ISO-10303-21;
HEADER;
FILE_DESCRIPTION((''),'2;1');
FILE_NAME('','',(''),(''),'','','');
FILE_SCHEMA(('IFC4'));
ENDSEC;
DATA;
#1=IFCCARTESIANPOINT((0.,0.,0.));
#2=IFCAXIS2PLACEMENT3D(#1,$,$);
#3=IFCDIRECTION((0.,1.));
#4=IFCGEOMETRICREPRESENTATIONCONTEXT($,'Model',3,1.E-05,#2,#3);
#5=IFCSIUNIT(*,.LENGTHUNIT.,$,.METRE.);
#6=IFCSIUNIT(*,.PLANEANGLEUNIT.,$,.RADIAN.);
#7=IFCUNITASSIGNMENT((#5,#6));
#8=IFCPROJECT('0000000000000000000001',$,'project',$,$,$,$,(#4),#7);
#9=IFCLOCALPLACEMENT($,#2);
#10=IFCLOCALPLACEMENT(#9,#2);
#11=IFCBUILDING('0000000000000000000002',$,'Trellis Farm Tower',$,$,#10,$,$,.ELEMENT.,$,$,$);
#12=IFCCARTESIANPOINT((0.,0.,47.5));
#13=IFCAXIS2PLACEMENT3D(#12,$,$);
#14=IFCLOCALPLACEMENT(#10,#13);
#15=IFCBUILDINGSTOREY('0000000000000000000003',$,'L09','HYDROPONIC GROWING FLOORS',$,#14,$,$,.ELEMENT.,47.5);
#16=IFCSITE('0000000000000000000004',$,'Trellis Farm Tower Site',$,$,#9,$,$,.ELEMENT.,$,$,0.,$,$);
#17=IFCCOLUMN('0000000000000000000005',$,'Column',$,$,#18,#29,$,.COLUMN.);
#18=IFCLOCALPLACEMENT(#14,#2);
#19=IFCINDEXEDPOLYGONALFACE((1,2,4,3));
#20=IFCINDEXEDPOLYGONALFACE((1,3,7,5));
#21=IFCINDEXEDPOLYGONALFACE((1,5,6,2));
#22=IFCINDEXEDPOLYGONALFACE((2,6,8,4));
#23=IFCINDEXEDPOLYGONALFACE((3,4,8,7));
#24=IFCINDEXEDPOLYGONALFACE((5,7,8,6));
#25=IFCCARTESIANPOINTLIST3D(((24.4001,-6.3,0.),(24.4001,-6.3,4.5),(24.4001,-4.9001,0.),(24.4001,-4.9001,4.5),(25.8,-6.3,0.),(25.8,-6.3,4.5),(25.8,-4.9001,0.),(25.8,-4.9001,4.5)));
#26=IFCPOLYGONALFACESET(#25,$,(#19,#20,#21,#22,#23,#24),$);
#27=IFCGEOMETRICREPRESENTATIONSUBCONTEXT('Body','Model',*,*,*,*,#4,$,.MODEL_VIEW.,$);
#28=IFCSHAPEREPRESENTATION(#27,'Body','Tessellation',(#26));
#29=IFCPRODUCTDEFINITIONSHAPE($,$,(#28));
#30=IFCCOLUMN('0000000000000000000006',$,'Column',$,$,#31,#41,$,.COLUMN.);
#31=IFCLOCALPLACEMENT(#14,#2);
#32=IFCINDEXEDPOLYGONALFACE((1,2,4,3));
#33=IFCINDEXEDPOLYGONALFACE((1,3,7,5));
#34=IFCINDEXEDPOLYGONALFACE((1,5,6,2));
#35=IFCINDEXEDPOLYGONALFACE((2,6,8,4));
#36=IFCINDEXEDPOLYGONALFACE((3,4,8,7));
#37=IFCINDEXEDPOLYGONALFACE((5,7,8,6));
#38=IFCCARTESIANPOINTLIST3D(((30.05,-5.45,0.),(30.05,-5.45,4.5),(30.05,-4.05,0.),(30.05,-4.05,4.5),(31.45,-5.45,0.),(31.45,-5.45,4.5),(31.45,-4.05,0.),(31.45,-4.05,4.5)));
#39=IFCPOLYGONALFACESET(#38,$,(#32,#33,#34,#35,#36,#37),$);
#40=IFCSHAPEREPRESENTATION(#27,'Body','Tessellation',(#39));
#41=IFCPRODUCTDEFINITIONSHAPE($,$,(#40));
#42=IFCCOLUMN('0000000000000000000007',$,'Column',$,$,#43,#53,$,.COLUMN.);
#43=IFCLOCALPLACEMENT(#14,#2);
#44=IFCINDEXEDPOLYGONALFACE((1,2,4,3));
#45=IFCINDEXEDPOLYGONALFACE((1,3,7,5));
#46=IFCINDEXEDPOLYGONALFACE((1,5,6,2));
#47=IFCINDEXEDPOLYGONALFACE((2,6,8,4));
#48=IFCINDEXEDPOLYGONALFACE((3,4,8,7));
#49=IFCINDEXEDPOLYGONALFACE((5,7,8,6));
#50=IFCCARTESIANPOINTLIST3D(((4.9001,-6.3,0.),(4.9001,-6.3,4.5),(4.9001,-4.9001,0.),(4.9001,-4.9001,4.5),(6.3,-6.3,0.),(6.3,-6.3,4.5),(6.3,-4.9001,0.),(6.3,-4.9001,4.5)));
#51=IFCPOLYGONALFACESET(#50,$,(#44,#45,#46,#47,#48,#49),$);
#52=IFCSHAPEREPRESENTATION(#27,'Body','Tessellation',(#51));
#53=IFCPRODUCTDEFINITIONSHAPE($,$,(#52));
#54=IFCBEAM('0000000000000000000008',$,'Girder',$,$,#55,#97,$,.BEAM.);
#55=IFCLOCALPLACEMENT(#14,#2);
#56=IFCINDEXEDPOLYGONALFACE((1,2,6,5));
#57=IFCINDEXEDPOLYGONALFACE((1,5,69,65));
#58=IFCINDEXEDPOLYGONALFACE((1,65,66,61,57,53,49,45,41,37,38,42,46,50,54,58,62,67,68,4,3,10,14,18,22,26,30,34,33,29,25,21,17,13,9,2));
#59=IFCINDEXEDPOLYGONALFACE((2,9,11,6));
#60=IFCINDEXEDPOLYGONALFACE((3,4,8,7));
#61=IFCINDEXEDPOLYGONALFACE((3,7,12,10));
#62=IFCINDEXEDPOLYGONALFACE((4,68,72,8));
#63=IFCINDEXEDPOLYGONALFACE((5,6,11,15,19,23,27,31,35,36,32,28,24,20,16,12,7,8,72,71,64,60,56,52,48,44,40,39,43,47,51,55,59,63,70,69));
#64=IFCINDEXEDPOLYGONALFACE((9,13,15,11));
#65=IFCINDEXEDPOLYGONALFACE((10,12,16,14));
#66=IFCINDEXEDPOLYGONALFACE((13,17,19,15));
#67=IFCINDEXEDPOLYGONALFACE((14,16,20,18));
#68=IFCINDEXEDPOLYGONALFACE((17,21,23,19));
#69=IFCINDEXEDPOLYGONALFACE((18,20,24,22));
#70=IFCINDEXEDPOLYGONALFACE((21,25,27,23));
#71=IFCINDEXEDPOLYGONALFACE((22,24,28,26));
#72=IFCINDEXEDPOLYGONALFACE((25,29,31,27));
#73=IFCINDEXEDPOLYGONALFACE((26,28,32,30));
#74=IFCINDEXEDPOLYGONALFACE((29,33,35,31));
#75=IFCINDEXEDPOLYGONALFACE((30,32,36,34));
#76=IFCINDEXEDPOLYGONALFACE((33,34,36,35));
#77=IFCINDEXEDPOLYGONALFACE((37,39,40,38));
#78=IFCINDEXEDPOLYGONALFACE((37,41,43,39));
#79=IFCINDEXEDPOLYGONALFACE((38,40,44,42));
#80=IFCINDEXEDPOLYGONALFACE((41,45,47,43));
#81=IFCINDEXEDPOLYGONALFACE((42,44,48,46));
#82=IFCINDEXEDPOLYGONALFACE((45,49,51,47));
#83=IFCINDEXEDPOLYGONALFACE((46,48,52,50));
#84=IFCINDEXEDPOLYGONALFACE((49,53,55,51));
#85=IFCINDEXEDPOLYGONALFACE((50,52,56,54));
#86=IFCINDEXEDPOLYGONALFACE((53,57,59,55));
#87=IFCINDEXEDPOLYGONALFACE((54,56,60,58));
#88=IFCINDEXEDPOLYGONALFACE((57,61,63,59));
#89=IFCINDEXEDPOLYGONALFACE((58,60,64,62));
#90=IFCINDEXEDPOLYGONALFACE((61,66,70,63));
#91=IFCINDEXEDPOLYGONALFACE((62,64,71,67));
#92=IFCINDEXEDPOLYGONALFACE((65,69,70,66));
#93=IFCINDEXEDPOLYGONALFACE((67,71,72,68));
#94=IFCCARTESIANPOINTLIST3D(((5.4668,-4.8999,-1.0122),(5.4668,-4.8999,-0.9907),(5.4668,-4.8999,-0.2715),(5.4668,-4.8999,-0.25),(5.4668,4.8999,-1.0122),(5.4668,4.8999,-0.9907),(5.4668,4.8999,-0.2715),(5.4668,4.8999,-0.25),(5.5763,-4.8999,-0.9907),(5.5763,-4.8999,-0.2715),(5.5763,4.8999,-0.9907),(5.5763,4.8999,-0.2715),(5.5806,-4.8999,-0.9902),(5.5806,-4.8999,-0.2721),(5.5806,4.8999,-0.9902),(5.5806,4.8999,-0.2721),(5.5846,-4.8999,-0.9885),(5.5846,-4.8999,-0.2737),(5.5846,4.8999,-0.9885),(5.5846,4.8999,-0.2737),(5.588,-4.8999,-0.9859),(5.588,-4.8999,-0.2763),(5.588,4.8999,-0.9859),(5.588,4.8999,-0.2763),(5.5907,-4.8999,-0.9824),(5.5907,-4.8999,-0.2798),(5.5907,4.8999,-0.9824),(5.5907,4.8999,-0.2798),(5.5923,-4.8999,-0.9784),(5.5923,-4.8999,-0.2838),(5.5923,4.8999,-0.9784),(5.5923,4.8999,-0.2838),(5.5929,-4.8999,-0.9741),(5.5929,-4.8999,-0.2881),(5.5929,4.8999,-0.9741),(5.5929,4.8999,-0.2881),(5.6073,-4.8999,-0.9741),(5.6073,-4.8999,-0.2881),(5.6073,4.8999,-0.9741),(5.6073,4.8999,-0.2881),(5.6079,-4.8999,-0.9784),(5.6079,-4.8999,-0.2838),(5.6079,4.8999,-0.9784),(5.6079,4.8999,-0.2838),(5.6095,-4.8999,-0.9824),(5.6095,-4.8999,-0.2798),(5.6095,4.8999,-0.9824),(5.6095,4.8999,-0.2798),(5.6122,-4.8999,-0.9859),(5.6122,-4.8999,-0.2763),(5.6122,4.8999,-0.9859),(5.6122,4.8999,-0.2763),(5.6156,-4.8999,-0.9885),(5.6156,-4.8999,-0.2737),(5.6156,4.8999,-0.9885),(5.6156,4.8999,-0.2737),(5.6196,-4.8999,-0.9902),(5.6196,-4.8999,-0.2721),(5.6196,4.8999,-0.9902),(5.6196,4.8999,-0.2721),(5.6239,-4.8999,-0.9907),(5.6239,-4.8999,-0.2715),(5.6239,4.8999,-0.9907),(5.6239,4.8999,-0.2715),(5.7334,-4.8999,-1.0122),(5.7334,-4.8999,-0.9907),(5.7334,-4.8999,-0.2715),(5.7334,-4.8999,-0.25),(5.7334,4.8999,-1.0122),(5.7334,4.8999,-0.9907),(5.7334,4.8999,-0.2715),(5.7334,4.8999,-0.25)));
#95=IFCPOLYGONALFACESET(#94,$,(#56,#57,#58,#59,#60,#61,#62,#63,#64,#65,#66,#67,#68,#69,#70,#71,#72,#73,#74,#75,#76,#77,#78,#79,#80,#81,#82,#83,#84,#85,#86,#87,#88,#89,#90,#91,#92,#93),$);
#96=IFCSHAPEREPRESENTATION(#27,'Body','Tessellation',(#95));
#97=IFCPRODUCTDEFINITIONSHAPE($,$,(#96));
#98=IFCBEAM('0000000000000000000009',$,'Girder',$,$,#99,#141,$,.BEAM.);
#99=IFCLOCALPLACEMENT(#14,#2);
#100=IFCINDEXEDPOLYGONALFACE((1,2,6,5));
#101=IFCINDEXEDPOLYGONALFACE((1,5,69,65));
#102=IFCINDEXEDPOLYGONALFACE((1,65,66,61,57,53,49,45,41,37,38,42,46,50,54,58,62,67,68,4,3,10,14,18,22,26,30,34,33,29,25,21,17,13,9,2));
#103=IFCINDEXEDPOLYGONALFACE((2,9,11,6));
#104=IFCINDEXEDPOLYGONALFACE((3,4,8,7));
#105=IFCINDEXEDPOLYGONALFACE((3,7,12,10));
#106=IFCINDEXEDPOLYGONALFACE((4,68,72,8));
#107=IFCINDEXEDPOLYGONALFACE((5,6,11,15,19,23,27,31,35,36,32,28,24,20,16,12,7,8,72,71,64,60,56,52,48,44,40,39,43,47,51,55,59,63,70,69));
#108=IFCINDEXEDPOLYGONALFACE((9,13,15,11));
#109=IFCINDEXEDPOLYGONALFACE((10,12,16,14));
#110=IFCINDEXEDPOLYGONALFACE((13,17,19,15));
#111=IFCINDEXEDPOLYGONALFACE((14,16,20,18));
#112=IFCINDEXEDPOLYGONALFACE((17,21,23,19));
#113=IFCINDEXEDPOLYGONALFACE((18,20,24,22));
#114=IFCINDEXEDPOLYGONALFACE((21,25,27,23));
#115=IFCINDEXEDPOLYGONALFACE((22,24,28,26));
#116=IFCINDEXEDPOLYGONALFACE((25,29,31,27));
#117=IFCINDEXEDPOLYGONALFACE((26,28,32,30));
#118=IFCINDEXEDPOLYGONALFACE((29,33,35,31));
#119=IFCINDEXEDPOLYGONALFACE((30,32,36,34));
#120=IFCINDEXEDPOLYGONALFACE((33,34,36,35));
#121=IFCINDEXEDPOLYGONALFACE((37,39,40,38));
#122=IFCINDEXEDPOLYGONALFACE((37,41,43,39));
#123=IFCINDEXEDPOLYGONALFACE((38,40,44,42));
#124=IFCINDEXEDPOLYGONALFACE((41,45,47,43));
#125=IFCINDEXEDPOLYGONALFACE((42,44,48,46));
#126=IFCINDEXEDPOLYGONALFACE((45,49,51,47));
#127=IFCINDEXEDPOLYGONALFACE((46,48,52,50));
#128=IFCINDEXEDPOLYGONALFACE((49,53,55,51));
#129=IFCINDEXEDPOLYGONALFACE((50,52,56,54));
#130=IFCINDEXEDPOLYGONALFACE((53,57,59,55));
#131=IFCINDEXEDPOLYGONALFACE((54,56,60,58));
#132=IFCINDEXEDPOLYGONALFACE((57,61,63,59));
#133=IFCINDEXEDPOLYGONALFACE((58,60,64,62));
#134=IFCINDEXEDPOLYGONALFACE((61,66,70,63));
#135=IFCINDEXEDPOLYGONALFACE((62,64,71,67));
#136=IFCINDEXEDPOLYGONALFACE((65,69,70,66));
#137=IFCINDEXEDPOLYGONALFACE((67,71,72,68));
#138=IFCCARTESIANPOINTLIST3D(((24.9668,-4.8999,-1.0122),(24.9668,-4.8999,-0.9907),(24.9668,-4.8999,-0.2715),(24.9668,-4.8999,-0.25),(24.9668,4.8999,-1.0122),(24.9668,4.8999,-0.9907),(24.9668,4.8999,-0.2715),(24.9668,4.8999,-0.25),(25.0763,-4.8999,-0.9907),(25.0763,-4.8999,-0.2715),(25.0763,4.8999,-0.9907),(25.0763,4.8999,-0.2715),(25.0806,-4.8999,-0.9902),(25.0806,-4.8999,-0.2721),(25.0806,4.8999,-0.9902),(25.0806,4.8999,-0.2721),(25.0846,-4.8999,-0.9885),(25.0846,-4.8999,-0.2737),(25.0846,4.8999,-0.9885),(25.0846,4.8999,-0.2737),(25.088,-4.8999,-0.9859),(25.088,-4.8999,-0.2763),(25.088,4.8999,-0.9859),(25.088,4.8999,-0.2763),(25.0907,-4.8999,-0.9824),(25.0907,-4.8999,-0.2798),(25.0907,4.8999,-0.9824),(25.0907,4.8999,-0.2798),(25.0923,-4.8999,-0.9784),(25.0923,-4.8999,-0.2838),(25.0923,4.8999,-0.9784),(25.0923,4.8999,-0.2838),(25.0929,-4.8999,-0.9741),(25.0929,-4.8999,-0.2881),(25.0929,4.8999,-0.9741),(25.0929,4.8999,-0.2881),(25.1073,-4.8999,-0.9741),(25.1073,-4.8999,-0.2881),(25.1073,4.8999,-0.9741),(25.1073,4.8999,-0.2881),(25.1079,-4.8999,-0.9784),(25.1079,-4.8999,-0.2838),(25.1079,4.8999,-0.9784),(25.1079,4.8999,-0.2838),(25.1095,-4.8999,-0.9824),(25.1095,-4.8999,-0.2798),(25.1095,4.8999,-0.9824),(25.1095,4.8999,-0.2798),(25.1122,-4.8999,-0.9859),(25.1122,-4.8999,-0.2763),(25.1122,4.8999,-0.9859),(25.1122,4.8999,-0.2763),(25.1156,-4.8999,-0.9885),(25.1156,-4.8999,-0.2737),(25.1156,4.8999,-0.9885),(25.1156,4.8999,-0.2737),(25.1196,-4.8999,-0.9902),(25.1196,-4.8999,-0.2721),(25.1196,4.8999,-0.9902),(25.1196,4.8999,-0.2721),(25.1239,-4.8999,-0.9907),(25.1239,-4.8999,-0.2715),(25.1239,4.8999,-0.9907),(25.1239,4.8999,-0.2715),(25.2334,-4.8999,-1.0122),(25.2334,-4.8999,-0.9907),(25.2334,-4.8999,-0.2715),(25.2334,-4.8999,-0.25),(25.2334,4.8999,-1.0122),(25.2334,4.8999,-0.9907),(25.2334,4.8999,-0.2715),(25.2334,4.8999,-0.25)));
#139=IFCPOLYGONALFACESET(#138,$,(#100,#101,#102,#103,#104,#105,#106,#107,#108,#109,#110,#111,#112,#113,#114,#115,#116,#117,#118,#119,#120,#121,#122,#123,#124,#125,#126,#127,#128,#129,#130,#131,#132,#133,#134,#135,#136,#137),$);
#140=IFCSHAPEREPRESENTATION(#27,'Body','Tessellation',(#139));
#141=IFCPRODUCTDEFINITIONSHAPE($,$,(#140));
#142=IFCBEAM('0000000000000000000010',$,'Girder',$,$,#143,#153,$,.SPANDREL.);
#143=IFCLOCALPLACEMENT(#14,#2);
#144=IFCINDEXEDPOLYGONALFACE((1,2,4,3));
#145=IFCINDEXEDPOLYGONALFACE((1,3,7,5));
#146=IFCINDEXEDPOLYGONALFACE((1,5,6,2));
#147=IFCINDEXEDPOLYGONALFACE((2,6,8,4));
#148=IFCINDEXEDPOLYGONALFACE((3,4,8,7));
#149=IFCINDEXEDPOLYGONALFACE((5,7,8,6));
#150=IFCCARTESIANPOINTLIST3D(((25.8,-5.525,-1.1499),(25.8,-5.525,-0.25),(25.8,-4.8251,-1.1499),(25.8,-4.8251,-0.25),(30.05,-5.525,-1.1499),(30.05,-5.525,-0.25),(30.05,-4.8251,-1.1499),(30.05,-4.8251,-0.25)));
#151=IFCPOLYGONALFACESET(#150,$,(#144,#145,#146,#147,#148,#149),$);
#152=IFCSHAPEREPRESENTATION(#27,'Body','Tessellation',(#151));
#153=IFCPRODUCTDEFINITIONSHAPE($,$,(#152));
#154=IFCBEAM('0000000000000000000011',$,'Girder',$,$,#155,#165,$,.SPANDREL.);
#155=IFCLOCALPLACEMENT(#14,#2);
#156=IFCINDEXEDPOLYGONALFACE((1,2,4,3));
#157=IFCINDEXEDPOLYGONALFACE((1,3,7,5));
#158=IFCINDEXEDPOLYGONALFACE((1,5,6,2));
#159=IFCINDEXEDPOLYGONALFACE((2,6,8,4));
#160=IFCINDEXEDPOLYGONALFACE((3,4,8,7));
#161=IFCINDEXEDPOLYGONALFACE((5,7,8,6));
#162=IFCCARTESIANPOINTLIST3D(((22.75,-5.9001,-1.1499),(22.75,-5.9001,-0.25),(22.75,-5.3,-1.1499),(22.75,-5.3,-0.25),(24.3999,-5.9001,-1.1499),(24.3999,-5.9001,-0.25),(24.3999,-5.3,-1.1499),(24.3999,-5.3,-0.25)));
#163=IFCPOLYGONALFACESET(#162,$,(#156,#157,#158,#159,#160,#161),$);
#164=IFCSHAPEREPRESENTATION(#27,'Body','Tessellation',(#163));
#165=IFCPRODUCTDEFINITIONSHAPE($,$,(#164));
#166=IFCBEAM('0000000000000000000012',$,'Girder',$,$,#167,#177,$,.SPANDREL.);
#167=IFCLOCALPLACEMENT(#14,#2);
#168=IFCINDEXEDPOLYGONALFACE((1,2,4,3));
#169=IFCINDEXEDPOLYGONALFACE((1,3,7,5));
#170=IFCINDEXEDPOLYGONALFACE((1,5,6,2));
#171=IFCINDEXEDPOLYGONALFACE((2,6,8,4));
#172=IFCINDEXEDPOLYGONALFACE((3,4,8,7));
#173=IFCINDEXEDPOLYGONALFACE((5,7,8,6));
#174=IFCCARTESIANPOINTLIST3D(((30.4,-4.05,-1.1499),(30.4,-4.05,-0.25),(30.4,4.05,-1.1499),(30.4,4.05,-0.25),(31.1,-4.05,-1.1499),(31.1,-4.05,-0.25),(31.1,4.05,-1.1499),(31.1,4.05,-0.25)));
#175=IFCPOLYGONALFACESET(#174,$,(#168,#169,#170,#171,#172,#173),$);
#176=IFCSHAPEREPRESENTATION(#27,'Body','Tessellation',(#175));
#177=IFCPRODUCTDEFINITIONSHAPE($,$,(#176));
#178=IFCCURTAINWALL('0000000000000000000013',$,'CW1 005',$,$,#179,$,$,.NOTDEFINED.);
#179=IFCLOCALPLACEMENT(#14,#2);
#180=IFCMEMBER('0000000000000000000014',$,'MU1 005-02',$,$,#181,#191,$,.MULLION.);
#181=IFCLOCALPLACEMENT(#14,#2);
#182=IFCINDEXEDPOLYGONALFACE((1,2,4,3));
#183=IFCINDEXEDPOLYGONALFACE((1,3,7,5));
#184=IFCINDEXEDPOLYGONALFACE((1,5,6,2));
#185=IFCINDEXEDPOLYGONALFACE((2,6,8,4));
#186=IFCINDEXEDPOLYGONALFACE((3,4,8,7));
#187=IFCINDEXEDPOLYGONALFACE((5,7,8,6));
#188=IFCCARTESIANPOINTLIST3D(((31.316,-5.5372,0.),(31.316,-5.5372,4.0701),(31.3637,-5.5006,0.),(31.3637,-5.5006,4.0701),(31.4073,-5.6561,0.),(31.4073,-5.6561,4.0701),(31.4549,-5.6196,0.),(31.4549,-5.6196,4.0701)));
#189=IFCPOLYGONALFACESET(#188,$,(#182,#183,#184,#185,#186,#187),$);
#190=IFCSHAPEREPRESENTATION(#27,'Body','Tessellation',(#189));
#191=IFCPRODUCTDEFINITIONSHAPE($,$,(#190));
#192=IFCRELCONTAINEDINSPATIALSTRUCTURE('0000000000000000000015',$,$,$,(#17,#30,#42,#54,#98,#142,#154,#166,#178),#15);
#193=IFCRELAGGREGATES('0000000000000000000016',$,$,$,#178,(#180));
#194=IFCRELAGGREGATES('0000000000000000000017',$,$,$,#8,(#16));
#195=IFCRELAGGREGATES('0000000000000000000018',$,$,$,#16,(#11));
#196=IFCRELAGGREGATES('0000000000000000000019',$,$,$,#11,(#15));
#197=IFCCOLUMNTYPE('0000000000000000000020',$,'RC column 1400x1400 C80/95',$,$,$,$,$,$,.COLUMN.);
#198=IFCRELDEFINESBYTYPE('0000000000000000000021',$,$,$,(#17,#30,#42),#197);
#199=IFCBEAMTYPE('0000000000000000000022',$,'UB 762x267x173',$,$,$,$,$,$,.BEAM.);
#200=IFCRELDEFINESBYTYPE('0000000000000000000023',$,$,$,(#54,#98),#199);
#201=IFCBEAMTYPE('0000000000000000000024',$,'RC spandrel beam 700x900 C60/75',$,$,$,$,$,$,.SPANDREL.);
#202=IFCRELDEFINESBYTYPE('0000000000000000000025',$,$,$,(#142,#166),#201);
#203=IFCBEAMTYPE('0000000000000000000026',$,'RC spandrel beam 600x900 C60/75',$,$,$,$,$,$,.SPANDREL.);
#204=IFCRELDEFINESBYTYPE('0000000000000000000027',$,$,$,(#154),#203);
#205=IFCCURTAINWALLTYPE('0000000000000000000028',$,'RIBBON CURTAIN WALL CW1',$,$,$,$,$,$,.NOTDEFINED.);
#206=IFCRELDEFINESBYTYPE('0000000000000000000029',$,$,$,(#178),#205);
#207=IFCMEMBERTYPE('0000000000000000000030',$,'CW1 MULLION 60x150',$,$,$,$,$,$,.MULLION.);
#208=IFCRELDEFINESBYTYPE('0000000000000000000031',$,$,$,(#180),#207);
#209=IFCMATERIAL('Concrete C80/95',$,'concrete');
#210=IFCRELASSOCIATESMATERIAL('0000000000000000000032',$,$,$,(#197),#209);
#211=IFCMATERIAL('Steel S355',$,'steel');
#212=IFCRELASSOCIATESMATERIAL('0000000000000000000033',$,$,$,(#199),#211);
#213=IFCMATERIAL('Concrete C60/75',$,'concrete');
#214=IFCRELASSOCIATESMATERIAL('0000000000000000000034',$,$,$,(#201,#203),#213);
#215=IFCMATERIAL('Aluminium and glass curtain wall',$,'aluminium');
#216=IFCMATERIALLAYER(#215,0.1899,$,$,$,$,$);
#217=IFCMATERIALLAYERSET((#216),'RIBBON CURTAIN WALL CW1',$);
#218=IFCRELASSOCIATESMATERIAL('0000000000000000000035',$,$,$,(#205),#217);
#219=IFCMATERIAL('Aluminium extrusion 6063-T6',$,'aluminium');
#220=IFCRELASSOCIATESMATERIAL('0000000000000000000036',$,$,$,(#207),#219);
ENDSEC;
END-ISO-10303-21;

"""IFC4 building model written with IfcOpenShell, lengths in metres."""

from ifc_helpers import new_model, si_unit, direction, frame, origin, origin_2d, place, context, subcontext, project, spatial, rectangle, i_section, extrude, source, transform, mapped, material, layer, layer_set, material_profile, profile_set, type_object, element, aggregate, save


model = new_model("IFC4")

# Units and contexts
model_context = context("Model", 3, precision=1e-05, world=origin(), true_north=direction((0.0, 1.0)))
body_context = subcontext(model_context, "Body", "Model", "MODEL_VIEW")
ifc_project = project(units=[si_unit("LENGTHUNIT", "METRE"), si_unit("PLANEANGLEUNIT", "RADIAN")], contexts=[model_context])

# Site, building, storey
site_placement = place(None, origin())
site = spatial("IfcSite", under=ifc_project, at=site_placement, Name="Trellis Farm Tower Site", CompositionType="ELEMENT", RefElevation=0.0)
building_placement = place(site_placement, origin())
building = spatial("IfcBuilding", under=site, at=building_placement, Name="Trellis Farm Tower", CompositionType="ELEMENT")
storey_placement = place(building_placement, frame((0.0, 0.0, 47.5)))
storey = spatial("IfcBuildingStorey", under=building, at=storey_placement, Name="L09", Description="HYDROPONIC GROWING FLOORS", CompositionType="ELEMENT", Elevation=47.5)

# Columns
ifc_material_1 = material(Name="Concrete C80/95", Category="concrete")
ifc_material_profile_1 = material_profile(ifc_material_1, rectangle(XDim=1.3999, YDim=1.3999, at=origin_2d()), Name="RC column 1400x1400 C80/95")
ifc_profile_set_1 = profile_set([ifc_material_profile_1], Name="Concrete C80/95")
column_type = type_object("IfcColumnType", Name="RC column 1400x1400 C80/95", PredefinedType="COLUMN", material=ifc_profile_set_1)
shared_shape_1 = source(origin(), body_context, "Body", "SweptSolid", [
    extrude(rectangle(XDim=1.3999, YDim=1.3999, at=origin_2d()), origin(), (0.0, 0.0, 1.0), 4.5),
])
for number, where, z_axis, x_axis, name in (
    (1, (25.1001, -5.6001, 0.0), (0.0, 0.0, 1.0), (1.0, 0.0, 0.0), "Column"),
    (2, (30.75, -4.75, 0.0), (0.0, 0.0, 1.0), (1.0, 0.0, 0.0), "Column"),
    (3, (5.6001, -5.6001, 0.0), (0.0, 0.0, 1.0), (1.0, 0.0, 0.0), "Column"),
):
    element("IfcColumn", number, at=place(storey_placement, frame(where, z_axis=z_axis, x_axis=x_axis)), inside=storey, type_object=column_type, Name=name, PredefinedType="COLUMN", context=body_context, shape_type="MappedRepresentation", body=[
        mapped(shared_shape_1, transform((0.0, 0.0, 0.0))),
    ])

# Beams
ifc_material_2 = material(Name="Steel S355", Category="steel")
ifc_material_profile_2 = material_profile(ifc_material_2, i_section(OverallWidth=0.2666, OverallDepth=0.7622, WebThickness=0.0144, FlangeThickness=0.0215, FilletRadius=0.0166, at=origin_2d()), Name="UB 762x267x173")
ifc_profile_set_2 = profile_set([ifc_material_profile_2], Name="Steel S355")
beam_type_1 = type_object("IfcBeamType", Name="UB 762x267x173", PredefinedType="BEAM", material=ifc_profile_set_2)
shared_shape_2 = source(origin(), body_context, "Body", "SweptSolid", [
    extrude(i_section(OverallWidth=0.2666, OverallDepth=0.7622, WebThickness=0.0144, FlangeThickness=0.0215, FilletRadius=0.0166, at=origin_2d()), origin(), (0.0, 0.0, 1.0), 9.7998),
])
for number, where, z_axis, x_axis, name in (
    (4, (5.6001, -4.8999, -0.6311), (0.0, 1.0, 0.0), (-1.0, 0.0, 0.0), "Girder"),
    (5, (25.1001, -4.8999, -0.6311), (0.0, 1.0, 0.0), (-1.0, 0.0, 0.0), "Girder"),
):
    element("IfcBeam", number, at=place(storey_placement, frame(where, z_axis=z_axis, x_axis=x_axis)), inside=storey, type_object=beam_type_1, Name=name, PredefinedType="BEAM", context=body_context, shape_type="MappedRepresentation", body=[
        mapped(shared_shape_2, transform((0.0, 0.0, 0.0))),
    ])
ifc_material_3 = material(Name="Concrete C60/75", Category="concrete")
ifc_material_profile_3 = material_profile(ifc_material_3, rectangle(XDim=0.7, YDim=0.8999, at=origin_2d()), Name="RC spandrel beam 700x900 C60/75")
ifc_profile_set_3 = profile_set([ifc_material_profile_3], Name="Concrete C60/75")
beam_type_2 = type_object("IfcBeamType", Name="RC spandrel beam 700x900 C60/75", PredefinedType="SPANDREL", material=ifc_profile_set_3)
shared_shape_3 = source(origin(), body_context, "Body", "SweptSolid", [
    extrude(rectangle(XDim=0.7, YDim=0.8999, at=origin_2d()), origin(), (0.0, 0.0, 1.0), 4.25),
])
beam_1_placement = place(storey_placement, frame((25.8, -5.175, -0.7), z_axis=(1.0, 0.0, 0.0), x_axis=(0.0, 1.0, 0.0)))
element("IfcBeam", 6, at=beam_1_placement, inside=storey, type_object=beam_type_2, Name="Girder", PredefinedType="SPANDREL", context=body_context, shape_type="MappedRepresentation", body=[
    mapped(shared_shape_3, transform((0.0, 0.0, 0.0))),
])
ifc_material_profile_4 = material_profile(ifc_material_3, rectangle(XDim=0.6001, YDim=0.8999, at=origin_2d()), Name="RC spandrel beam 600x900 C60/75")
ifc_profile_set_4 = profile_set([ifc_material_profile_4], Name="Concrete C60/75")
beam_type_3 = type_object("IfcBeamType", Name="RC spandrel beam 600x900 C60/75", PredefinedType="SPANDREL", material=ifc_profile_set_4)
shared_shape_4 = source(origin(), body_context, "Body", "SweptSolid", [
    extrude(rectangle(XDim=0.6001, YDim=0.8999, at=origin_2d()), origin(), (0.0, 0.0, 1.0), 1.6499),
])
beam_2_placement = place(storey_placement, frame((22.75, -5.6001, -0.7), z_axis=(1.0, 0.0, 0.0), x_axis=(0.0, 1.0, 0.0)))
element("IfcBeam", 7, at=beam_2_placement, inside=storey, type_object=beam_type_3, Name="Girder", PredefinedType="SPANDREL", context=body_context, shape_type="MappedRepresentation", body=[
    mapped(shared_shape_4, transform((0.0, 0.0, 0.0))),
])
shared_shape_5 = source(origin(), body_context, "Body", "SweptSolid", [
    extrude(rectangle(XDim=0.7, YDim=0.8999, at=origin_2d()), origin(), (0.0, 0.0, 1.0), 8.1001),
])
beam_3_placement = place(storey_placement, frame((30.75, -4.05, -0.7), z_axis=(0.0, 1.0, 0.0), x_axis=(-1.0, 0.0, 0.0)))
element("IfcBeam", 8, at=beam_3_placement, inside=storey, type_object=beam_type_2, Name="Girder", PredefinedType="SPANDREL", context=body_context, shape_type="MappedRepresentation", body=[
    mapped(shared_shape_5, transform((0.0, 0.0, 0.0))),
])

# Curtain wall, member
ifc_material_4 = material(Name="Aluminium and glass curtain wall", Category="aluminium")
ifc_layer_1 = layer(ifc_material_4, 0.1899)
ifc_layer_set_1 = layer_set([ifc_layer_1], Name="RIBBON CURTAIN WALL CW1")
curtain_wall_type = type_object("IfcCurtainWallType", Name="RIBBON CURTAIN WALL CW1", PredefinedType="NOTDEFINED", material=ifc_layer_set_1)
placement = place(storey_placement, origin())
curtain_wall = element("IfcCurtainWall", 9, at=placement, inside=storey, type_object=curtain_wall_type, Name="CW1 005", PredefinedType="NOTDEFINED")
ifc_material_5 = material(Name="Aluminium extrusion 6063-T6", Category="aluminium")
ifc_material_profile_5 = material_profile(ifc_material_5, rectangle(XDim=0.0601, YDim=0.1499, at=origin_2d()), Name="MULLION 60x150")
ifc_profile_set_5 = profile_set([ifc_material_profile_5], Name="Aluminium extrusion 6063-T6")
member_type = type_object("IfcMemberType", Name="CW1 MULLION 60x150", PredefinedType="MULLION", material=ifc_profile_set_5)
shared_shape_6 = source(origin(), body_context, "Body", "SweptSolid", [
    extrude(rectangle(XDim=0.0601, YDim=0.1499, at=origin_2d()), origin(), (0.0, 0.0, 1.0), 4.0701),
])
member_placement = place(storey_placement, frame((31.3855, -5.5784, 0.0), z_axis=(0.0, 0.0, 1.0), x_axis=(0.793353, 0.608761, 0.0)))
member = element("IfcMember", 10, at=member_placement, type_object=member_type, Name="MU1 005-02", PredefinedType="MULLION", context=body_context, shape_type="MappedRepresentation", body=[
    mapped(shared_shape_6, transform((0.0, 0.0, 0.0))),
])
aggregate(curtain_wall, [member])

save(model, "model.ifc")
